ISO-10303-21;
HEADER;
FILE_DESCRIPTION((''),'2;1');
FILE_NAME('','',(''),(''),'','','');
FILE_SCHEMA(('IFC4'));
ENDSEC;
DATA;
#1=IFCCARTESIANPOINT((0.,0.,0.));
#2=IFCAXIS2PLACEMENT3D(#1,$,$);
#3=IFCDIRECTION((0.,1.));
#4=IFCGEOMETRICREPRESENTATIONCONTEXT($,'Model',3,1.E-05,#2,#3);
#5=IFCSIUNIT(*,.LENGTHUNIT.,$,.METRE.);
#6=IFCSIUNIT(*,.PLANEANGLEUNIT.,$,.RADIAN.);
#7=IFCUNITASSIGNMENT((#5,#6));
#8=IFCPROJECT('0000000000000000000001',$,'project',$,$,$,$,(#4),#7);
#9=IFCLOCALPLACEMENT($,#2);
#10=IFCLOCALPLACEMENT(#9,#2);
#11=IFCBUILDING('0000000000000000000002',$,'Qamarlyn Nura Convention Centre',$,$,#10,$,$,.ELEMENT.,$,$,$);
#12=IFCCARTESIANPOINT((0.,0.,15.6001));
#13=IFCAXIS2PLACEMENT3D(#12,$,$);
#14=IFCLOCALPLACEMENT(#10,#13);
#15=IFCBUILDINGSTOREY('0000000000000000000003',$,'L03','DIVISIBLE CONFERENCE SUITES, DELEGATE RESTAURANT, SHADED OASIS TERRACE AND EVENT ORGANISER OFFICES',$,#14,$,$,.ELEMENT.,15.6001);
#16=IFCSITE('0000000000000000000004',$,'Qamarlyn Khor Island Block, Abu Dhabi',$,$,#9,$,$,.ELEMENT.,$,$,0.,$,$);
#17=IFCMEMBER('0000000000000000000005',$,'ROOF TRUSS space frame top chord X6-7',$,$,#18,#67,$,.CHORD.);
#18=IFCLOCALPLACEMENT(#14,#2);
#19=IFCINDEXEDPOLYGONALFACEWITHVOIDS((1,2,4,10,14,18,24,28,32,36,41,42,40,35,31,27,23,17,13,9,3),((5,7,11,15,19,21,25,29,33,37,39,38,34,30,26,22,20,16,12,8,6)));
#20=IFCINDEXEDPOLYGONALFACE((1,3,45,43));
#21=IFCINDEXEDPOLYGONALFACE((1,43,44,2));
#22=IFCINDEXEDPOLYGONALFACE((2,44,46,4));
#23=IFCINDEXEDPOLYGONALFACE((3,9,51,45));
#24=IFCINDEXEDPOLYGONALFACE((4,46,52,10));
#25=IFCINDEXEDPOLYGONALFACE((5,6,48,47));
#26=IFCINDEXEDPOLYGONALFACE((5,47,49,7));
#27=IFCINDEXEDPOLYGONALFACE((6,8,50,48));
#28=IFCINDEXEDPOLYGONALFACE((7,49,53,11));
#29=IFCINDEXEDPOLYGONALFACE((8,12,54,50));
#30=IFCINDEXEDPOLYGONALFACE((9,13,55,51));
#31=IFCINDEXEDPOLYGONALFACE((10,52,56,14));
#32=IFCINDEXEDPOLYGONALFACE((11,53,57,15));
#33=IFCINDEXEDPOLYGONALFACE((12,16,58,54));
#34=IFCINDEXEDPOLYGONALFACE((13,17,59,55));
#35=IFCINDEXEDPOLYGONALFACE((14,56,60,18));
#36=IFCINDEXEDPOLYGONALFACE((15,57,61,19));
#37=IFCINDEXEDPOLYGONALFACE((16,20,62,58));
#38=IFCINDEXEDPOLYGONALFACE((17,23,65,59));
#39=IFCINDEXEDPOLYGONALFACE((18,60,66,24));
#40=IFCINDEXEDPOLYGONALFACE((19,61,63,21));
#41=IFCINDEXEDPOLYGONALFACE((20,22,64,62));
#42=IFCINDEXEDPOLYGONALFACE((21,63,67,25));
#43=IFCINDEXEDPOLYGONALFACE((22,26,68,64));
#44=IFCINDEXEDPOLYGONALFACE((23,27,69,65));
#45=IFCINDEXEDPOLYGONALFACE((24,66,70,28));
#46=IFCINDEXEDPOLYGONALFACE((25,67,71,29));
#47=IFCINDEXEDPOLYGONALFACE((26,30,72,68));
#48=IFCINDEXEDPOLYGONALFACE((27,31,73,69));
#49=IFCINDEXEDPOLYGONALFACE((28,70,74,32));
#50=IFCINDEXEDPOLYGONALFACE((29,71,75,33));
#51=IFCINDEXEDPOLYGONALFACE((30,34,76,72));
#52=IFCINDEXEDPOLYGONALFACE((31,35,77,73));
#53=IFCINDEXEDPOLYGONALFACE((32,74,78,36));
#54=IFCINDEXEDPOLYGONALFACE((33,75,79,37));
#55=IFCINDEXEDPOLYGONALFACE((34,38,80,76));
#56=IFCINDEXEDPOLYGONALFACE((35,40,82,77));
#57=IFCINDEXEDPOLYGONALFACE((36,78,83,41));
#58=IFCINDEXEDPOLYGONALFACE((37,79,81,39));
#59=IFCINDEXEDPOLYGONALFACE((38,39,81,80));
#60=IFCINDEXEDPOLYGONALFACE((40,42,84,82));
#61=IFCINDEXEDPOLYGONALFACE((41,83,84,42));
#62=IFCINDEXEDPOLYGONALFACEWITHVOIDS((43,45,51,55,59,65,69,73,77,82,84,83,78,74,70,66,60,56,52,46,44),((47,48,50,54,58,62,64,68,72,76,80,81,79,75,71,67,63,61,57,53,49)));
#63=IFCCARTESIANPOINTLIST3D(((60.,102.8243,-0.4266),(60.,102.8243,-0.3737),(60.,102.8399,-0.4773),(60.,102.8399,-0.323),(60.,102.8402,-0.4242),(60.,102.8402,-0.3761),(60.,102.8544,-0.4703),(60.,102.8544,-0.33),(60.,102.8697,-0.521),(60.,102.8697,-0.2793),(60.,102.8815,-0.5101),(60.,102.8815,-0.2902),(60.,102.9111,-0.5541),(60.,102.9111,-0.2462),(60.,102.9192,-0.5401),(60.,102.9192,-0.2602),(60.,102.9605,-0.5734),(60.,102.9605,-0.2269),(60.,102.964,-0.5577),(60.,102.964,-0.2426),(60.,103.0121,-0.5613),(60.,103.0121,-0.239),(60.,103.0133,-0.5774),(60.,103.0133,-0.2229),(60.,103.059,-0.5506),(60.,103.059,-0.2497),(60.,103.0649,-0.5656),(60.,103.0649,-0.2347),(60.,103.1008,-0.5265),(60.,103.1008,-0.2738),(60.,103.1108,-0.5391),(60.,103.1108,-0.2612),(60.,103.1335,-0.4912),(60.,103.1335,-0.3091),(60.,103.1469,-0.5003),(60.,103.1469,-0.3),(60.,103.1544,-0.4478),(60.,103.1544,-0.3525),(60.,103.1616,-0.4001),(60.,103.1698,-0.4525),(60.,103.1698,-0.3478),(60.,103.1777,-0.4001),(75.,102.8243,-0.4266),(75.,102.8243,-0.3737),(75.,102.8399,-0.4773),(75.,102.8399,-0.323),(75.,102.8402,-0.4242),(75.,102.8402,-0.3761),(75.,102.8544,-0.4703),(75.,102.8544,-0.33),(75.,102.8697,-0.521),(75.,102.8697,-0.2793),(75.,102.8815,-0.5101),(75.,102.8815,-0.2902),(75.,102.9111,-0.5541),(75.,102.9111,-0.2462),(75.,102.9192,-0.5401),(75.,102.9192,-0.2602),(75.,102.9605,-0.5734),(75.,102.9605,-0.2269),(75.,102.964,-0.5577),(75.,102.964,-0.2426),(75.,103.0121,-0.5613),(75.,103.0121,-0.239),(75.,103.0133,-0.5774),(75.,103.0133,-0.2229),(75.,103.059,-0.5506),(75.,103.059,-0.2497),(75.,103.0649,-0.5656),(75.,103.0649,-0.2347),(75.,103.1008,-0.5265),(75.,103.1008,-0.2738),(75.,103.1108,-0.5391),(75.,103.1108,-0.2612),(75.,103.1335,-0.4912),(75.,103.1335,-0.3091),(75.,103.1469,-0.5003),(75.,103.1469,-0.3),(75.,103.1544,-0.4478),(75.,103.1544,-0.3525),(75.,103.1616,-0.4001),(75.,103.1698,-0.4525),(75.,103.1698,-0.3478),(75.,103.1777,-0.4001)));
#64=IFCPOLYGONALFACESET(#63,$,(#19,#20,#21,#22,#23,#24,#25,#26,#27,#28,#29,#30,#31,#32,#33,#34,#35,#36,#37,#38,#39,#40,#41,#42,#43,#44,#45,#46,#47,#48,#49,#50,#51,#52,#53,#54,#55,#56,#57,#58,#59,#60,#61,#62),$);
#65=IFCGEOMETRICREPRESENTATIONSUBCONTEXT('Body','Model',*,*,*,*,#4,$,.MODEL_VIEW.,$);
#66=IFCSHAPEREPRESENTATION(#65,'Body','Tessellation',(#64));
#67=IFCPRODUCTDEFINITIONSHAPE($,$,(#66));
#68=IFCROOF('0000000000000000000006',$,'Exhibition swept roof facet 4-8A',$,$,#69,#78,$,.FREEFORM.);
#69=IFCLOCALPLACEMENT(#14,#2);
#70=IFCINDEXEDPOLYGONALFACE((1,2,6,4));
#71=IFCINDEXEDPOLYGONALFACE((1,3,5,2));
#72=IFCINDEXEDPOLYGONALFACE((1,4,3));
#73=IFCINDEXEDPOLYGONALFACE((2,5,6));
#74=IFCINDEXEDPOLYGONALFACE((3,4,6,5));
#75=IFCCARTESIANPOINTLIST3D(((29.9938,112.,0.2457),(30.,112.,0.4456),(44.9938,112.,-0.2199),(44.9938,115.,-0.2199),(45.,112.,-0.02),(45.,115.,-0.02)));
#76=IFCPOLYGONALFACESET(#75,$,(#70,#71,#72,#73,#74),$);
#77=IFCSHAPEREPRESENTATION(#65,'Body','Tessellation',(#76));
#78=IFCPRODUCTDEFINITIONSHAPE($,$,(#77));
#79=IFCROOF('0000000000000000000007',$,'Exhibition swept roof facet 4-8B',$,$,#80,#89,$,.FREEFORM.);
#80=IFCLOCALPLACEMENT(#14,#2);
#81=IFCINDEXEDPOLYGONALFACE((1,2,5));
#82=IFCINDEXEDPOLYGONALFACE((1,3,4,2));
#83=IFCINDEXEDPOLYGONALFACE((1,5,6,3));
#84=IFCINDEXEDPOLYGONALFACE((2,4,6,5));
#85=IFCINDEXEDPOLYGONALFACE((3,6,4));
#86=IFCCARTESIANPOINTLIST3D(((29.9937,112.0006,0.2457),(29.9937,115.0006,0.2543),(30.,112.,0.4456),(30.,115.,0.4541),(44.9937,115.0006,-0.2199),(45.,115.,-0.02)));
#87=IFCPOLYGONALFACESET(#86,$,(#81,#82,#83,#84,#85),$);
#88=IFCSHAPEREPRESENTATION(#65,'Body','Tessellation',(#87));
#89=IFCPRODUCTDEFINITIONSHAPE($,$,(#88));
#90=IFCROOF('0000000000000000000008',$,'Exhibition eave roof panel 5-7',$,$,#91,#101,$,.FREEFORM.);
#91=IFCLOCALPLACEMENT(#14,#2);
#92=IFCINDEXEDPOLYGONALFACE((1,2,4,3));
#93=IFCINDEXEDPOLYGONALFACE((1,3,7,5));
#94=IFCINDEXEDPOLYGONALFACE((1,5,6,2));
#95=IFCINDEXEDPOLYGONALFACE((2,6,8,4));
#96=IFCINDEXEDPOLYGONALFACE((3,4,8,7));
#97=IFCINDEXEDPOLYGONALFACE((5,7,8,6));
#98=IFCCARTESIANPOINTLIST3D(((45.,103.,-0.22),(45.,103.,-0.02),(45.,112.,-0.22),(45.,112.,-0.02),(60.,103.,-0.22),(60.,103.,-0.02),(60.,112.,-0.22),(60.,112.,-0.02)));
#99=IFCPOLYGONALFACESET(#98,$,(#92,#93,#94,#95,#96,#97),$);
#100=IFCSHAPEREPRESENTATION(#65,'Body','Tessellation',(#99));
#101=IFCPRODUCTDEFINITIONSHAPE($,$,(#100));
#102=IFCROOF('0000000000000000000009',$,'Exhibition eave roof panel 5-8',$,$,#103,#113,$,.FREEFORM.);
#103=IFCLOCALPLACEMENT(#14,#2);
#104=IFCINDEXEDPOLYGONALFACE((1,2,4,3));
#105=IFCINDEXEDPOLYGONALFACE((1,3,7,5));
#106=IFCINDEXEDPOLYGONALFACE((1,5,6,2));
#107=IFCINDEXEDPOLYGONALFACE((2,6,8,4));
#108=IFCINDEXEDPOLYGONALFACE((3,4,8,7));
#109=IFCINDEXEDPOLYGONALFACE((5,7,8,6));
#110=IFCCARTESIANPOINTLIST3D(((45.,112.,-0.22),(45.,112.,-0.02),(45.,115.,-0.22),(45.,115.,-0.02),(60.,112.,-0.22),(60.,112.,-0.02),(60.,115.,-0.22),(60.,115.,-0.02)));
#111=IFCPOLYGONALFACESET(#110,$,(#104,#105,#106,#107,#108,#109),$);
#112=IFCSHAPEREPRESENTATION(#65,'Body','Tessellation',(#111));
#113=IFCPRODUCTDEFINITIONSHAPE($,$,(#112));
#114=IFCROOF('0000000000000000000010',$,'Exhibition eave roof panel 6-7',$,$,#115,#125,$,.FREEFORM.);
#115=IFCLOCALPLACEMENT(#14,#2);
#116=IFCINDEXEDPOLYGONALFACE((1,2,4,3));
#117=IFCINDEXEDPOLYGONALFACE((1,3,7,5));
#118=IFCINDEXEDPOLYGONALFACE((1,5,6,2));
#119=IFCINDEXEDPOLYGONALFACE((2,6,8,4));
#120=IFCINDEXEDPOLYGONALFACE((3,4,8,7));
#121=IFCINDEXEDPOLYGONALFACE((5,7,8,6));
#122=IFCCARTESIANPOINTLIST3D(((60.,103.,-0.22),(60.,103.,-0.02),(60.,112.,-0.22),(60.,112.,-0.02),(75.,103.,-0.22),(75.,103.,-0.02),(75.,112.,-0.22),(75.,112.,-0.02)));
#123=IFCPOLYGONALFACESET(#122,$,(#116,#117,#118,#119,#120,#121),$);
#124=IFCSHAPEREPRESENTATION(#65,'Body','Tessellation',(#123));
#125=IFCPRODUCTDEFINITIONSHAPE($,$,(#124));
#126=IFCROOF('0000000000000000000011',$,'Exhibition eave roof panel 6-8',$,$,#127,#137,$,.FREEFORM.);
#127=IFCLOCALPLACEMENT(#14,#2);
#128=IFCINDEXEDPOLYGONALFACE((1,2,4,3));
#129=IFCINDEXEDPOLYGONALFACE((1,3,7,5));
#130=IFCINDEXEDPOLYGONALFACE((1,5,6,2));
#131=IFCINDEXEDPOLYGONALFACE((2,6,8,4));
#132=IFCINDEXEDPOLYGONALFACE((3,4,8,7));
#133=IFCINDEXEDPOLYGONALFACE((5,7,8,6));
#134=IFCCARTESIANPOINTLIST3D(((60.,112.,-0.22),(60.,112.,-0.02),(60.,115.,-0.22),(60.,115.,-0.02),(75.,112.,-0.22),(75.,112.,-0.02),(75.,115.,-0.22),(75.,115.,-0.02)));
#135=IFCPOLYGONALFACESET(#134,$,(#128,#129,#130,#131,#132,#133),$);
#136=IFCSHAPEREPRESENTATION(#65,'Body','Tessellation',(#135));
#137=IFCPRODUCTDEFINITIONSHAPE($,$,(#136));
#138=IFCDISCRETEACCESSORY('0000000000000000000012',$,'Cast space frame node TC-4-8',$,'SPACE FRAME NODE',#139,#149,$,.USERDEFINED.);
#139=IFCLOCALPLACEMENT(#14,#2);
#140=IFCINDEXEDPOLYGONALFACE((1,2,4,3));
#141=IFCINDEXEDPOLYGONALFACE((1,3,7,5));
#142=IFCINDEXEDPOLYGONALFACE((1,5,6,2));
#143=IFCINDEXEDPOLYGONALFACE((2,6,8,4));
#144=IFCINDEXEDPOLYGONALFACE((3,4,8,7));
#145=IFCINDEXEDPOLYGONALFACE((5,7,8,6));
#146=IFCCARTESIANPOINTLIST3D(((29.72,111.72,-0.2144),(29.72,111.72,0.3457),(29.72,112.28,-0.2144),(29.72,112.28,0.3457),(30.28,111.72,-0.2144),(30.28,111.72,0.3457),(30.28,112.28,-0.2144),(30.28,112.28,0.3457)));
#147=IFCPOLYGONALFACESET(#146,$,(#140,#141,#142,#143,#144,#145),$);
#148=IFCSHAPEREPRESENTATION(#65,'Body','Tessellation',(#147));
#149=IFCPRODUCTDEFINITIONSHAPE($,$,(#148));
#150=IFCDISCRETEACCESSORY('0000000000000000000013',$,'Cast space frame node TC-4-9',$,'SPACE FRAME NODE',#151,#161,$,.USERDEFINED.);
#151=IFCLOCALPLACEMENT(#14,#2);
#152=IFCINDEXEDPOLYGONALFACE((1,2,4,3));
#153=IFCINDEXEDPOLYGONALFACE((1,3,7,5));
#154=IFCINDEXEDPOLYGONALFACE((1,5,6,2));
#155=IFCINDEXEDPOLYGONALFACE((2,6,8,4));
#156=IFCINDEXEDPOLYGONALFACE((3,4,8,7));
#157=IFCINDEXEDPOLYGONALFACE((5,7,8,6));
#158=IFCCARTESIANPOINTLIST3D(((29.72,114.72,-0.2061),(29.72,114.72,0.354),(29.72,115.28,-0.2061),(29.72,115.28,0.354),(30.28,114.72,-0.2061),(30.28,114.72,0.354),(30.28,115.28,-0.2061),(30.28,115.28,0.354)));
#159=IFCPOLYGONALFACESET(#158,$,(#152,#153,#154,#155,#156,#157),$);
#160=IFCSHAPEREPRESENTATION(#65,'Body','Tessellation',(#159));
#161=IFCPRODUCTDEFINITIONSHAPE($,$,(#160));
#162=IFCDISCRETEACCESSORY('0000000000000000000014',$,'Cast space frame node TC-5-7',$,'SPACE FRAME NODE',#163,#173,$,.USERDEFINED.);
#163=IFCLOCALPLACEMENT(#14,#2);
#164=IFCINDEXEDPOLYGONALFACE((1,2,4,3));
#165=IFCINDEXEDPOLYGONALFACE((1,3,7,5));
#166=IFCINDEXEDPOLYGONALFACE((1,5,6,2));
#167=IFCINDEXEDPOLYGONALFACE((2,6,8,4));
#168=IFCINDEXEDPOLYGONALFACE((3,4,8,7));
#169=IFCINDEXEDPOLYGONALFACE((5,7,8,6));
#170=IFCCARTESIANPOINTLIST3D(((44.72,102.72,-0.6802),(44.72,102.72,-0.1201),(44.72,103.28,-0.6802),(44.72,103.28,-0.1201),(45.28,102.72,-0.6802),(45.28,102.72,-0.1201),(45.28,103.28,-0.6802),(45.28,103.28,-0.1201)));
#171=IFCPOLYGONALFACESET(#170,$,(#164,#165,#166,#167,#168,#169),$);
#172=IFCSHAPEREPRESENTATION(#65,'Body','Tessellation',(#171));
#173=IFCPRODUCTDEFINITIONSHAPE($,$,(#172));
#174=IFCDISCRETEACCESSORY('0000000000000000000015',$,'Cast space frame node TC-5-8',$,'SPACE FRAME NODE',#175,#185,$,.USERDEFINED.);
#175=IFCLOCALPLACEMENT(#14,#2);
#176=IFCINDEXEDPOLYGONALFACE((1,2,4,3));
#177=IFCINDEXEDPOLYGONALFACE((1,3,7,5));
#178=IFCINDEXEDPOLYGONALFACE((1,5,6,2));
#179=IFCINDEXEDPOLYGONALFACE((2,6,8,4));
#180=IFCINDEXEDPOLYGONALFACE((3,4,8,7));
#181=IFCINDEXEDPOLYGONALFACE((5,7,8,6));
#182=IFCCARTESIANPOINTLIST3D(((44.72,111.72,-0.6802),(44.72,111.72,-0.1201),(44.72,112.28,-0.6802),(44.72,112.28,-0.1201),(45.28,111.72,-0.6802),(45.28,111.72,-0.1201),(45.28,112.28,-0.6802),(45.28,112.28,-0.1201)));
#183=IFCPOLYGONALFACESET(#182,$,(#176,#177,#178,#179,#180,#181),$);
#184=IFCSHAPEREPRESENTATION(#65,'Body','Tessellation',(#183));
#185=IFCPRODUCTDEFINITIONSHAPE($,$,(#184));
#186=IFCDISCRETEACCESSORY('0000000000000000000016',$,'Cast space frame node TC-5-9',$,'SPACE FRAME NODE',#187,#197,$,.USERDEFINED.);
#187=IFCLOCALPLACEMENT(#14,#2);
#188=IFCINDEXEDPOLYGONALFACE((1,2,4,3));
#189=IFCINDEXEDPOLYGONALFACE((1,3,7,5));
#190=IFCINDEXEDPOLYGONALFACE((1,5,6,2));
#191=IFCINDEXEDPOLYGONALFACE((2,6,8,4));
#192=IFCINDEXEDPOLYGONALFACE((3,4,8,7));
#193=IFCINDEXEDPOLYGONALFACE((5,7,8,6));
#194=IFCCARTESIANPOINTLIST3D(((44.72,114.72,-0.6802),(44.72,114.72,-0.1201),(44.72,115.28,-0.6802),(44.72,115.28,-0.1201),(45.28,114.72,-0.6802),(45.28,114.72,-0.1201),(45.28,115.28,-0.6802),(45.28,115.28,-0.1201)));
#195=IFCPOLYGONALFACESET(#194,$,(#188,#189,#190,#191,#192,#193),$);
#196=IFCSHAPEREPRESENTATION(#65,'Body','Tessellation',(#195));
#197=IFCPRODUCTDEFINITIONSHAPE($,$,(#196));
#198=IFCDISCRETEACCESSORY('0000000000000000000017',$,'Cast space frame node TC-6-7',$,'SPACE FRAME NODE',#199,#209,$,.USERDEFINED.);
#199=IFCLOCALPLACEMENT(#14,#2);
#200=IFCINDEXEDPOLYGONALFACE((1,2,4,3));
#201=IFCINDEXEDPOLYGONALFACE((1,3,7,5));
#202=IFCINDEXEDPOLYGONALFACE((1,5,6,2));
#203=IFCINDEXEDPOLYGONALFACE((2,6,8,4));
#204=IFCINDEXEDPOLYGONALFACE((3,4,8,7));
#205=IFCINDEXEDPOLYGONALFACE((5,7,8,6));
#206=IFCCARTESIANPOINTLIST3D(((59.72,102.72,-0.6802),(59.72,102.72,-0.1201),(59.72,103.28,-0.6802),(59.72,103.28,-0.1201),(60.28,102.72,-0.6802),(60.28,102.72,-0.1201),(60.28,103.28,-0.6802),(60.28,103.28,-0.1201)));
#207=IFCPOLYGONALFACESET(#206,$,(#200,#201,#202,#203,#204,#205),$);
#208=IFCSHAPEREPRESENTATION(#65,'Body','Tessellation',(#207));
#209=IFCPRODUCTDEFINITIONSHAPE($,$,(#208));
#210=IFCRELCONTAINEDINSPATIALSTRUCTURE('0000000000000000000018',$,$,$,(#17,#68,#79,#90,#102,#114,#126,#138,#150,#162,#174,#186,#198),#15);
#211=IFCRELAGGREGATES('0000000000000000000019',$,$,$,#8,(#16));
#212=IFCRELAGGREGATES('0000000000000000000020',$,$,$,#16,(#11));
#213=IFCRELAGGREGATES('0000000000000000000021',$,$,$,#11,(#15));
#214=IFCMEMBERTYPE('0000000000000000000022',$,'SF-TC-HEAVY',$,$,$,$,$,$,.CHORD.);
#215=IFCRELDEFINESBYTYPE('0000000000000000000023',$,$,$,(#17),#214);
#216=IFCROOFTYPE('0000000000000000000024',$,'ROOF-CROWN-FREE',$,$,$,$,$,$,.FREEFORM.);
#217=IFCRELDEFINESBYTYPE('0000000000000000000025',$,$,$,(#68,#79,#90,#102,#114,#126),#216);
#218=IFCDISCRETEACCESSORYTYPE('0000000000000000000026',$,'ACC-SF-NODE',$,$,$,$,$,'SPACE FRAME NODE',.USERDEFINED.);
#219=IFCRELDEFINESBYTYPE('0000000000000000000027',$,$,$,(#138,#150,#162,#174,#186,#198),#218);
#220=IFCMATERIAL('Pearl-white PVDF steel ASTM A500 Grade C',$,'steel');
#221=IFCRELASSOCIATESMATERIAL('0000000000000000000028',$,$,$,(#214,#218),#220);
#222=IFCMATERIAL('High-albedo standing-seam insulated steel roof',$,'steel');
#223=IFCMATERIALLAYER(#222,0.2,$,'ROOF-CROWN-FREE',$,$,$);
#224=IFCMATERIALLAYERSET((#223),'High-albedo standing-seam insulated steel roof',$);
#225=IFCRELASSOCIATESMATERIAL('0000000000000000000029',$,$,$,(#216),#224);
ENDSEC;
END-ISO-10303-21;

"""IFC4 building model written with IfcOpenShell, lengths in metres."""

from ifc_helpers import new_model, si_unit, direction, frame, origin, origin_2d, place, context, subcontext, project, spatial, polyline, rectangle, hollow_circle, outline, extrude, material, layer, layer_set, material_profile, profile_set, type_object, element, save


model = new_model("IFC4")

# Units and contexts
model_context = context("Model", 3, precision=1e-05, world=origin(), true_north=direction((0.0, 1.0)))
body_context = subcontext(model_context, "Body", "Model", "MODEL_VIEW")
ifc_project = project(units=[si_unit("LENGTHUNIT", "METRE"), si_unit("PLANEANGLEUNIT", "RADIAN")], contexts=[model_context])

# Site, building, storey
site_placement = place(None, origin())
site = spatial("IfcSite", under=ifc_project, at=site_placement, Name="Qamarlyn Khor Island Block, Abu Dhabi", CompositionType="ELEMENT", RefElevation=0.0)
building_placement = place(site_placement, origin())
building = spatial("IfcBuilding", under=site, at=building_placement, Name="Qamarlyn Nura Convention Centre", CompositionType="ELEMENT")
storey_placement = place(building_placement, frame((0.0, 0.0, 15.6001)))
storey = spatial("IfcBuildingStorey", under=building, at=storey_placement, Name="L03", Description="DIVISIBLE CONFERENCE SUITES, DELEGATE RESTAURANT, SHADED OASIS TERRACE AND EVENT ORGANISER OFFICES", CompositionType="ELEMENT", Elevation=15.6001)

# Member
ifc_material_1 = material(Name="Pearl-white PVDF steel ASTM A500 Grade C", Category="steel")
ifc_material_profile_1 = material_profile(ifc_material_1, hollow_circle(Radius=0.1777, WallThickness=0.0161, at=origin_2d()), Name="CHS355.6X16")
ifc_profile_set_1 = profile_set([ifc_material_profile_1], Name="Pearl-white PVDF steel ASTM A500 Grade C")
member_type_1 = type_object("IfcMemberType", Name="SF-TC-HEAVY", PredefinedType="CHORD", material=ifc_profile_set_1)
for number, where, z_axis, x_axis, name in (
    (1, (60.0, 103.0, -0.4001), (1.0, 0.0, 0.0), (0.0, 1.0, 0.0), "ROOF TRUSS space frame top chord X6-7"),
):
    element("IfcMember", number, at=place(storey_placement, frame(where, z_axis=z_axis, x_axis=x_axis)), inside=storey, type_object=member_type_1, Name=name, PredefinedType="CHORD", context=body_context, shape_type="SweptSolid", body=[
        extrude(hollow_circle(Radius=0.1777, WallThickness=0.0161, at=origin_2d()), origin(), (0.0, 0.0, 1.0), 15.0),
    ])

# Roofs
ifc_material_2 = material(Name="High-albedo standing-seam insulated steel roof", Category="steel")
ifc_layer = layer(ifc_material_2, 0.2, Name="ROOF-CROWN-FREE")
ifc_layer_set = layer_set([ifc_layer], Name="High-albedo standing-seam insulated steel roof")
roof_type = type_object("IfcRoofType", Name="ROOF-CROWN-FREE", PredefinedType="FREEFORM", material=ifc_layer_set)
roof_1_placement = place(storey_placement, frame((30.0, 112.0, 0.4456), z_axis=(0.031023, 0.0, 0.999519), x_axis=(0.999519, 0.0, -0.031023)))
element("IfcRoof", 2, at=roof_1_placement, inside=storey, type_object=roof_type, Name="Exhibition swept roof facet 4-8A", PredefinedType="FREEFORM", context=body_context, shape_type="SweptSolid", body=[
    extrude(outline(polyline([(0.0, 0.0), (15.0072, 0.0), (15.0072, 3.0), (0.0, 0.0)])), origin(), (0.0, 0.0, -1.0), 0.2),
])
roof_2_placement = place(storey_placement, frame((30.0, 112.0, 0.4456), z_axis=(0.031592, -0.002847, 0.999497), x_axis=(0.980127, 0.196025, -0.030422)))
element("IfcRoof", 3, at=roof_2_placement, inside=storey, type_object=roof_type, Name="Exhibition swept roof facet 4-8B", PredefinedType="FREEFORM", context=body_context, shape_type="SweptSolid", body=[
    extrude(outline(polyline([(0.0, 0.0), (15.3041, 0.0), (0.5878, 2.9419), (0.0, 0.0)])), origin(), (0.0, 0.0, -1.0), 0.2),
])
roof_3_placement = place(storey_placement, frame((45.0, 103.0, -0.02), z_axis=(0.0, 0.0, 1.0), x_axis=(1.0, 0.0, 0.0)))
element("IfcRoof", 4, at=roof_3_placement, inside=storey, type_object=roof_type, Name="Exhibition eave roof panel 5-7", PredefinedType="FREEFORM", context=body_context, shape_type="SweptSolid", body=[
    extrude(outline(polyline([(0.0, 0.0), (15.0, 0.0), (15.0, 9.0), (0.0, 9.0), (0.0, 0.0)])), origin(), (0.0, 0.0, -1.0), 0.2),
])
roof_4_placement = place(storey_placement, frame((45.0, 112.0, -0.02), z_axis=(0.0, 0.0, 1.0), x_axis=(1.0, 0.0, 0.0)))
element("IfcRoof", 5, at=roof_4_placement, inside=storey, type_object=roof_type, Name="Exhibition eave roof panel 5-8", PredefinedType="FREEFORM", context=body_context, shape_type="SweptSolid", body=[
    extrude(outline(polyline([(0.0, 0.0), (15.0, 0.0), (15.0, 3.0), (0.0, 3.0), (0.0, 0.0)])), origin(), (0.0, 0.0, -1.0), 0.2),
])
roof_5_placement = place(storey_placement, frame((60.0, 103.0, -0.02), z_axis=(0.0, 0.0, 1.0), x_axis=(1.0, 0.0, 0.0)))
element("IfcRoof", 6, at=roof_5_placement, inside=storey, type_object=roof_type, Name="Exhibition eave roof panel 6-7", PredefinedType="FREEFORM", context=body_context, shape_type="SweptSolid", body=[
    extrude(outline(polyline([(0.0, 0.0), (15.0, 0.0), (15.0, 9.0), (0.0, 9.0), (0.0, 0.0)])), origin(), (0.0, 0.0, -1.0), 0.2),
])
roof_6_placement = place(storey_placement, frame((60.0, 112.0, -0.02), z_axis=(0.0, 0.0, 1.0), x_axis=(1.0, 0.0, 0.0)))
element("IfcRoof", 7, at=roof_6_placement, inside=storey, type_object=roof_type, Name="Exhibition eave roof panel 6-8", PredefinedType="FREEFORM", context=body_context, shape_type="SweptSolid", body=[
    extrude(outline(polyline([(0.0, 0.0), (15.0, 0.0), (15.0, 3.0), (0.0, 3.0), (0.0, 0.0)])), origin(), (0.0, 0.0, -1.0), 0.2),
])

# Discrete accessories
discrete_accessory_type = type_object("IfcDiscreteAccessoryType", Name="ACC-SF-NODE", ElementType="SPACE FRAME NODE", PredefinedType="USERDEFINED", material=ifc_material_1)
for number, where, z_axis, x_axis, name in (
    (8, (30.0, 112.0, -0.2144), (0.0, 0.0, 1.0), (1.0, 0.0, 0.0), "Cast space frame node TC-4-8"),
    (9, (30.0, 115.0, -0.2061), (0.0, 0.0, 1.0), (1.0, 0.0, 0.0), "Cast space frame node TC-4-9"),
    (10, (45.0, 103.0, -0.6802), (0.0, 0.0, 1.0), (1.0, 0.0, 0.0), "Cast space frame node TC-5-7"),
    (11, (45.0, 112.0, -0.6802), (0.0, 0.0, 1.0), (1.0, 0.0, 0.0), "Cast space frame node TC-5-8"),
    (12, (45.0, 115.0, -0.6802), (0.0, 0.0, 1.0), (1.0, 0.0, 0.0), "Cast space frame node TC-5-9"),
    (13, (60.0, 103.0, -0.6802), (0.0, 0.0, 1.0), (1.0, 0.0, 0.0), "Cast space frame node TC-6-7"),
):
    element("IfcDiscreteAccessory", number, at=place(storey_placement, frame(where, z_axis=z_axis, x_axis=x_axis)), inside=storey, type_object=discrete_accessory_type, Name=name, ObjectType="SPACE FRAME NODE", PredefinedType="USERDEFINED", context=body_context, shape_type="SweptSolid", body=[
        extrude(rectangle(XDim=0.5601, YDim=0.5601, at=origin_2d()), origin(), (0.0, 0.0, 1.0), 0.5601),
    ])

save(model, "model.ifc")
